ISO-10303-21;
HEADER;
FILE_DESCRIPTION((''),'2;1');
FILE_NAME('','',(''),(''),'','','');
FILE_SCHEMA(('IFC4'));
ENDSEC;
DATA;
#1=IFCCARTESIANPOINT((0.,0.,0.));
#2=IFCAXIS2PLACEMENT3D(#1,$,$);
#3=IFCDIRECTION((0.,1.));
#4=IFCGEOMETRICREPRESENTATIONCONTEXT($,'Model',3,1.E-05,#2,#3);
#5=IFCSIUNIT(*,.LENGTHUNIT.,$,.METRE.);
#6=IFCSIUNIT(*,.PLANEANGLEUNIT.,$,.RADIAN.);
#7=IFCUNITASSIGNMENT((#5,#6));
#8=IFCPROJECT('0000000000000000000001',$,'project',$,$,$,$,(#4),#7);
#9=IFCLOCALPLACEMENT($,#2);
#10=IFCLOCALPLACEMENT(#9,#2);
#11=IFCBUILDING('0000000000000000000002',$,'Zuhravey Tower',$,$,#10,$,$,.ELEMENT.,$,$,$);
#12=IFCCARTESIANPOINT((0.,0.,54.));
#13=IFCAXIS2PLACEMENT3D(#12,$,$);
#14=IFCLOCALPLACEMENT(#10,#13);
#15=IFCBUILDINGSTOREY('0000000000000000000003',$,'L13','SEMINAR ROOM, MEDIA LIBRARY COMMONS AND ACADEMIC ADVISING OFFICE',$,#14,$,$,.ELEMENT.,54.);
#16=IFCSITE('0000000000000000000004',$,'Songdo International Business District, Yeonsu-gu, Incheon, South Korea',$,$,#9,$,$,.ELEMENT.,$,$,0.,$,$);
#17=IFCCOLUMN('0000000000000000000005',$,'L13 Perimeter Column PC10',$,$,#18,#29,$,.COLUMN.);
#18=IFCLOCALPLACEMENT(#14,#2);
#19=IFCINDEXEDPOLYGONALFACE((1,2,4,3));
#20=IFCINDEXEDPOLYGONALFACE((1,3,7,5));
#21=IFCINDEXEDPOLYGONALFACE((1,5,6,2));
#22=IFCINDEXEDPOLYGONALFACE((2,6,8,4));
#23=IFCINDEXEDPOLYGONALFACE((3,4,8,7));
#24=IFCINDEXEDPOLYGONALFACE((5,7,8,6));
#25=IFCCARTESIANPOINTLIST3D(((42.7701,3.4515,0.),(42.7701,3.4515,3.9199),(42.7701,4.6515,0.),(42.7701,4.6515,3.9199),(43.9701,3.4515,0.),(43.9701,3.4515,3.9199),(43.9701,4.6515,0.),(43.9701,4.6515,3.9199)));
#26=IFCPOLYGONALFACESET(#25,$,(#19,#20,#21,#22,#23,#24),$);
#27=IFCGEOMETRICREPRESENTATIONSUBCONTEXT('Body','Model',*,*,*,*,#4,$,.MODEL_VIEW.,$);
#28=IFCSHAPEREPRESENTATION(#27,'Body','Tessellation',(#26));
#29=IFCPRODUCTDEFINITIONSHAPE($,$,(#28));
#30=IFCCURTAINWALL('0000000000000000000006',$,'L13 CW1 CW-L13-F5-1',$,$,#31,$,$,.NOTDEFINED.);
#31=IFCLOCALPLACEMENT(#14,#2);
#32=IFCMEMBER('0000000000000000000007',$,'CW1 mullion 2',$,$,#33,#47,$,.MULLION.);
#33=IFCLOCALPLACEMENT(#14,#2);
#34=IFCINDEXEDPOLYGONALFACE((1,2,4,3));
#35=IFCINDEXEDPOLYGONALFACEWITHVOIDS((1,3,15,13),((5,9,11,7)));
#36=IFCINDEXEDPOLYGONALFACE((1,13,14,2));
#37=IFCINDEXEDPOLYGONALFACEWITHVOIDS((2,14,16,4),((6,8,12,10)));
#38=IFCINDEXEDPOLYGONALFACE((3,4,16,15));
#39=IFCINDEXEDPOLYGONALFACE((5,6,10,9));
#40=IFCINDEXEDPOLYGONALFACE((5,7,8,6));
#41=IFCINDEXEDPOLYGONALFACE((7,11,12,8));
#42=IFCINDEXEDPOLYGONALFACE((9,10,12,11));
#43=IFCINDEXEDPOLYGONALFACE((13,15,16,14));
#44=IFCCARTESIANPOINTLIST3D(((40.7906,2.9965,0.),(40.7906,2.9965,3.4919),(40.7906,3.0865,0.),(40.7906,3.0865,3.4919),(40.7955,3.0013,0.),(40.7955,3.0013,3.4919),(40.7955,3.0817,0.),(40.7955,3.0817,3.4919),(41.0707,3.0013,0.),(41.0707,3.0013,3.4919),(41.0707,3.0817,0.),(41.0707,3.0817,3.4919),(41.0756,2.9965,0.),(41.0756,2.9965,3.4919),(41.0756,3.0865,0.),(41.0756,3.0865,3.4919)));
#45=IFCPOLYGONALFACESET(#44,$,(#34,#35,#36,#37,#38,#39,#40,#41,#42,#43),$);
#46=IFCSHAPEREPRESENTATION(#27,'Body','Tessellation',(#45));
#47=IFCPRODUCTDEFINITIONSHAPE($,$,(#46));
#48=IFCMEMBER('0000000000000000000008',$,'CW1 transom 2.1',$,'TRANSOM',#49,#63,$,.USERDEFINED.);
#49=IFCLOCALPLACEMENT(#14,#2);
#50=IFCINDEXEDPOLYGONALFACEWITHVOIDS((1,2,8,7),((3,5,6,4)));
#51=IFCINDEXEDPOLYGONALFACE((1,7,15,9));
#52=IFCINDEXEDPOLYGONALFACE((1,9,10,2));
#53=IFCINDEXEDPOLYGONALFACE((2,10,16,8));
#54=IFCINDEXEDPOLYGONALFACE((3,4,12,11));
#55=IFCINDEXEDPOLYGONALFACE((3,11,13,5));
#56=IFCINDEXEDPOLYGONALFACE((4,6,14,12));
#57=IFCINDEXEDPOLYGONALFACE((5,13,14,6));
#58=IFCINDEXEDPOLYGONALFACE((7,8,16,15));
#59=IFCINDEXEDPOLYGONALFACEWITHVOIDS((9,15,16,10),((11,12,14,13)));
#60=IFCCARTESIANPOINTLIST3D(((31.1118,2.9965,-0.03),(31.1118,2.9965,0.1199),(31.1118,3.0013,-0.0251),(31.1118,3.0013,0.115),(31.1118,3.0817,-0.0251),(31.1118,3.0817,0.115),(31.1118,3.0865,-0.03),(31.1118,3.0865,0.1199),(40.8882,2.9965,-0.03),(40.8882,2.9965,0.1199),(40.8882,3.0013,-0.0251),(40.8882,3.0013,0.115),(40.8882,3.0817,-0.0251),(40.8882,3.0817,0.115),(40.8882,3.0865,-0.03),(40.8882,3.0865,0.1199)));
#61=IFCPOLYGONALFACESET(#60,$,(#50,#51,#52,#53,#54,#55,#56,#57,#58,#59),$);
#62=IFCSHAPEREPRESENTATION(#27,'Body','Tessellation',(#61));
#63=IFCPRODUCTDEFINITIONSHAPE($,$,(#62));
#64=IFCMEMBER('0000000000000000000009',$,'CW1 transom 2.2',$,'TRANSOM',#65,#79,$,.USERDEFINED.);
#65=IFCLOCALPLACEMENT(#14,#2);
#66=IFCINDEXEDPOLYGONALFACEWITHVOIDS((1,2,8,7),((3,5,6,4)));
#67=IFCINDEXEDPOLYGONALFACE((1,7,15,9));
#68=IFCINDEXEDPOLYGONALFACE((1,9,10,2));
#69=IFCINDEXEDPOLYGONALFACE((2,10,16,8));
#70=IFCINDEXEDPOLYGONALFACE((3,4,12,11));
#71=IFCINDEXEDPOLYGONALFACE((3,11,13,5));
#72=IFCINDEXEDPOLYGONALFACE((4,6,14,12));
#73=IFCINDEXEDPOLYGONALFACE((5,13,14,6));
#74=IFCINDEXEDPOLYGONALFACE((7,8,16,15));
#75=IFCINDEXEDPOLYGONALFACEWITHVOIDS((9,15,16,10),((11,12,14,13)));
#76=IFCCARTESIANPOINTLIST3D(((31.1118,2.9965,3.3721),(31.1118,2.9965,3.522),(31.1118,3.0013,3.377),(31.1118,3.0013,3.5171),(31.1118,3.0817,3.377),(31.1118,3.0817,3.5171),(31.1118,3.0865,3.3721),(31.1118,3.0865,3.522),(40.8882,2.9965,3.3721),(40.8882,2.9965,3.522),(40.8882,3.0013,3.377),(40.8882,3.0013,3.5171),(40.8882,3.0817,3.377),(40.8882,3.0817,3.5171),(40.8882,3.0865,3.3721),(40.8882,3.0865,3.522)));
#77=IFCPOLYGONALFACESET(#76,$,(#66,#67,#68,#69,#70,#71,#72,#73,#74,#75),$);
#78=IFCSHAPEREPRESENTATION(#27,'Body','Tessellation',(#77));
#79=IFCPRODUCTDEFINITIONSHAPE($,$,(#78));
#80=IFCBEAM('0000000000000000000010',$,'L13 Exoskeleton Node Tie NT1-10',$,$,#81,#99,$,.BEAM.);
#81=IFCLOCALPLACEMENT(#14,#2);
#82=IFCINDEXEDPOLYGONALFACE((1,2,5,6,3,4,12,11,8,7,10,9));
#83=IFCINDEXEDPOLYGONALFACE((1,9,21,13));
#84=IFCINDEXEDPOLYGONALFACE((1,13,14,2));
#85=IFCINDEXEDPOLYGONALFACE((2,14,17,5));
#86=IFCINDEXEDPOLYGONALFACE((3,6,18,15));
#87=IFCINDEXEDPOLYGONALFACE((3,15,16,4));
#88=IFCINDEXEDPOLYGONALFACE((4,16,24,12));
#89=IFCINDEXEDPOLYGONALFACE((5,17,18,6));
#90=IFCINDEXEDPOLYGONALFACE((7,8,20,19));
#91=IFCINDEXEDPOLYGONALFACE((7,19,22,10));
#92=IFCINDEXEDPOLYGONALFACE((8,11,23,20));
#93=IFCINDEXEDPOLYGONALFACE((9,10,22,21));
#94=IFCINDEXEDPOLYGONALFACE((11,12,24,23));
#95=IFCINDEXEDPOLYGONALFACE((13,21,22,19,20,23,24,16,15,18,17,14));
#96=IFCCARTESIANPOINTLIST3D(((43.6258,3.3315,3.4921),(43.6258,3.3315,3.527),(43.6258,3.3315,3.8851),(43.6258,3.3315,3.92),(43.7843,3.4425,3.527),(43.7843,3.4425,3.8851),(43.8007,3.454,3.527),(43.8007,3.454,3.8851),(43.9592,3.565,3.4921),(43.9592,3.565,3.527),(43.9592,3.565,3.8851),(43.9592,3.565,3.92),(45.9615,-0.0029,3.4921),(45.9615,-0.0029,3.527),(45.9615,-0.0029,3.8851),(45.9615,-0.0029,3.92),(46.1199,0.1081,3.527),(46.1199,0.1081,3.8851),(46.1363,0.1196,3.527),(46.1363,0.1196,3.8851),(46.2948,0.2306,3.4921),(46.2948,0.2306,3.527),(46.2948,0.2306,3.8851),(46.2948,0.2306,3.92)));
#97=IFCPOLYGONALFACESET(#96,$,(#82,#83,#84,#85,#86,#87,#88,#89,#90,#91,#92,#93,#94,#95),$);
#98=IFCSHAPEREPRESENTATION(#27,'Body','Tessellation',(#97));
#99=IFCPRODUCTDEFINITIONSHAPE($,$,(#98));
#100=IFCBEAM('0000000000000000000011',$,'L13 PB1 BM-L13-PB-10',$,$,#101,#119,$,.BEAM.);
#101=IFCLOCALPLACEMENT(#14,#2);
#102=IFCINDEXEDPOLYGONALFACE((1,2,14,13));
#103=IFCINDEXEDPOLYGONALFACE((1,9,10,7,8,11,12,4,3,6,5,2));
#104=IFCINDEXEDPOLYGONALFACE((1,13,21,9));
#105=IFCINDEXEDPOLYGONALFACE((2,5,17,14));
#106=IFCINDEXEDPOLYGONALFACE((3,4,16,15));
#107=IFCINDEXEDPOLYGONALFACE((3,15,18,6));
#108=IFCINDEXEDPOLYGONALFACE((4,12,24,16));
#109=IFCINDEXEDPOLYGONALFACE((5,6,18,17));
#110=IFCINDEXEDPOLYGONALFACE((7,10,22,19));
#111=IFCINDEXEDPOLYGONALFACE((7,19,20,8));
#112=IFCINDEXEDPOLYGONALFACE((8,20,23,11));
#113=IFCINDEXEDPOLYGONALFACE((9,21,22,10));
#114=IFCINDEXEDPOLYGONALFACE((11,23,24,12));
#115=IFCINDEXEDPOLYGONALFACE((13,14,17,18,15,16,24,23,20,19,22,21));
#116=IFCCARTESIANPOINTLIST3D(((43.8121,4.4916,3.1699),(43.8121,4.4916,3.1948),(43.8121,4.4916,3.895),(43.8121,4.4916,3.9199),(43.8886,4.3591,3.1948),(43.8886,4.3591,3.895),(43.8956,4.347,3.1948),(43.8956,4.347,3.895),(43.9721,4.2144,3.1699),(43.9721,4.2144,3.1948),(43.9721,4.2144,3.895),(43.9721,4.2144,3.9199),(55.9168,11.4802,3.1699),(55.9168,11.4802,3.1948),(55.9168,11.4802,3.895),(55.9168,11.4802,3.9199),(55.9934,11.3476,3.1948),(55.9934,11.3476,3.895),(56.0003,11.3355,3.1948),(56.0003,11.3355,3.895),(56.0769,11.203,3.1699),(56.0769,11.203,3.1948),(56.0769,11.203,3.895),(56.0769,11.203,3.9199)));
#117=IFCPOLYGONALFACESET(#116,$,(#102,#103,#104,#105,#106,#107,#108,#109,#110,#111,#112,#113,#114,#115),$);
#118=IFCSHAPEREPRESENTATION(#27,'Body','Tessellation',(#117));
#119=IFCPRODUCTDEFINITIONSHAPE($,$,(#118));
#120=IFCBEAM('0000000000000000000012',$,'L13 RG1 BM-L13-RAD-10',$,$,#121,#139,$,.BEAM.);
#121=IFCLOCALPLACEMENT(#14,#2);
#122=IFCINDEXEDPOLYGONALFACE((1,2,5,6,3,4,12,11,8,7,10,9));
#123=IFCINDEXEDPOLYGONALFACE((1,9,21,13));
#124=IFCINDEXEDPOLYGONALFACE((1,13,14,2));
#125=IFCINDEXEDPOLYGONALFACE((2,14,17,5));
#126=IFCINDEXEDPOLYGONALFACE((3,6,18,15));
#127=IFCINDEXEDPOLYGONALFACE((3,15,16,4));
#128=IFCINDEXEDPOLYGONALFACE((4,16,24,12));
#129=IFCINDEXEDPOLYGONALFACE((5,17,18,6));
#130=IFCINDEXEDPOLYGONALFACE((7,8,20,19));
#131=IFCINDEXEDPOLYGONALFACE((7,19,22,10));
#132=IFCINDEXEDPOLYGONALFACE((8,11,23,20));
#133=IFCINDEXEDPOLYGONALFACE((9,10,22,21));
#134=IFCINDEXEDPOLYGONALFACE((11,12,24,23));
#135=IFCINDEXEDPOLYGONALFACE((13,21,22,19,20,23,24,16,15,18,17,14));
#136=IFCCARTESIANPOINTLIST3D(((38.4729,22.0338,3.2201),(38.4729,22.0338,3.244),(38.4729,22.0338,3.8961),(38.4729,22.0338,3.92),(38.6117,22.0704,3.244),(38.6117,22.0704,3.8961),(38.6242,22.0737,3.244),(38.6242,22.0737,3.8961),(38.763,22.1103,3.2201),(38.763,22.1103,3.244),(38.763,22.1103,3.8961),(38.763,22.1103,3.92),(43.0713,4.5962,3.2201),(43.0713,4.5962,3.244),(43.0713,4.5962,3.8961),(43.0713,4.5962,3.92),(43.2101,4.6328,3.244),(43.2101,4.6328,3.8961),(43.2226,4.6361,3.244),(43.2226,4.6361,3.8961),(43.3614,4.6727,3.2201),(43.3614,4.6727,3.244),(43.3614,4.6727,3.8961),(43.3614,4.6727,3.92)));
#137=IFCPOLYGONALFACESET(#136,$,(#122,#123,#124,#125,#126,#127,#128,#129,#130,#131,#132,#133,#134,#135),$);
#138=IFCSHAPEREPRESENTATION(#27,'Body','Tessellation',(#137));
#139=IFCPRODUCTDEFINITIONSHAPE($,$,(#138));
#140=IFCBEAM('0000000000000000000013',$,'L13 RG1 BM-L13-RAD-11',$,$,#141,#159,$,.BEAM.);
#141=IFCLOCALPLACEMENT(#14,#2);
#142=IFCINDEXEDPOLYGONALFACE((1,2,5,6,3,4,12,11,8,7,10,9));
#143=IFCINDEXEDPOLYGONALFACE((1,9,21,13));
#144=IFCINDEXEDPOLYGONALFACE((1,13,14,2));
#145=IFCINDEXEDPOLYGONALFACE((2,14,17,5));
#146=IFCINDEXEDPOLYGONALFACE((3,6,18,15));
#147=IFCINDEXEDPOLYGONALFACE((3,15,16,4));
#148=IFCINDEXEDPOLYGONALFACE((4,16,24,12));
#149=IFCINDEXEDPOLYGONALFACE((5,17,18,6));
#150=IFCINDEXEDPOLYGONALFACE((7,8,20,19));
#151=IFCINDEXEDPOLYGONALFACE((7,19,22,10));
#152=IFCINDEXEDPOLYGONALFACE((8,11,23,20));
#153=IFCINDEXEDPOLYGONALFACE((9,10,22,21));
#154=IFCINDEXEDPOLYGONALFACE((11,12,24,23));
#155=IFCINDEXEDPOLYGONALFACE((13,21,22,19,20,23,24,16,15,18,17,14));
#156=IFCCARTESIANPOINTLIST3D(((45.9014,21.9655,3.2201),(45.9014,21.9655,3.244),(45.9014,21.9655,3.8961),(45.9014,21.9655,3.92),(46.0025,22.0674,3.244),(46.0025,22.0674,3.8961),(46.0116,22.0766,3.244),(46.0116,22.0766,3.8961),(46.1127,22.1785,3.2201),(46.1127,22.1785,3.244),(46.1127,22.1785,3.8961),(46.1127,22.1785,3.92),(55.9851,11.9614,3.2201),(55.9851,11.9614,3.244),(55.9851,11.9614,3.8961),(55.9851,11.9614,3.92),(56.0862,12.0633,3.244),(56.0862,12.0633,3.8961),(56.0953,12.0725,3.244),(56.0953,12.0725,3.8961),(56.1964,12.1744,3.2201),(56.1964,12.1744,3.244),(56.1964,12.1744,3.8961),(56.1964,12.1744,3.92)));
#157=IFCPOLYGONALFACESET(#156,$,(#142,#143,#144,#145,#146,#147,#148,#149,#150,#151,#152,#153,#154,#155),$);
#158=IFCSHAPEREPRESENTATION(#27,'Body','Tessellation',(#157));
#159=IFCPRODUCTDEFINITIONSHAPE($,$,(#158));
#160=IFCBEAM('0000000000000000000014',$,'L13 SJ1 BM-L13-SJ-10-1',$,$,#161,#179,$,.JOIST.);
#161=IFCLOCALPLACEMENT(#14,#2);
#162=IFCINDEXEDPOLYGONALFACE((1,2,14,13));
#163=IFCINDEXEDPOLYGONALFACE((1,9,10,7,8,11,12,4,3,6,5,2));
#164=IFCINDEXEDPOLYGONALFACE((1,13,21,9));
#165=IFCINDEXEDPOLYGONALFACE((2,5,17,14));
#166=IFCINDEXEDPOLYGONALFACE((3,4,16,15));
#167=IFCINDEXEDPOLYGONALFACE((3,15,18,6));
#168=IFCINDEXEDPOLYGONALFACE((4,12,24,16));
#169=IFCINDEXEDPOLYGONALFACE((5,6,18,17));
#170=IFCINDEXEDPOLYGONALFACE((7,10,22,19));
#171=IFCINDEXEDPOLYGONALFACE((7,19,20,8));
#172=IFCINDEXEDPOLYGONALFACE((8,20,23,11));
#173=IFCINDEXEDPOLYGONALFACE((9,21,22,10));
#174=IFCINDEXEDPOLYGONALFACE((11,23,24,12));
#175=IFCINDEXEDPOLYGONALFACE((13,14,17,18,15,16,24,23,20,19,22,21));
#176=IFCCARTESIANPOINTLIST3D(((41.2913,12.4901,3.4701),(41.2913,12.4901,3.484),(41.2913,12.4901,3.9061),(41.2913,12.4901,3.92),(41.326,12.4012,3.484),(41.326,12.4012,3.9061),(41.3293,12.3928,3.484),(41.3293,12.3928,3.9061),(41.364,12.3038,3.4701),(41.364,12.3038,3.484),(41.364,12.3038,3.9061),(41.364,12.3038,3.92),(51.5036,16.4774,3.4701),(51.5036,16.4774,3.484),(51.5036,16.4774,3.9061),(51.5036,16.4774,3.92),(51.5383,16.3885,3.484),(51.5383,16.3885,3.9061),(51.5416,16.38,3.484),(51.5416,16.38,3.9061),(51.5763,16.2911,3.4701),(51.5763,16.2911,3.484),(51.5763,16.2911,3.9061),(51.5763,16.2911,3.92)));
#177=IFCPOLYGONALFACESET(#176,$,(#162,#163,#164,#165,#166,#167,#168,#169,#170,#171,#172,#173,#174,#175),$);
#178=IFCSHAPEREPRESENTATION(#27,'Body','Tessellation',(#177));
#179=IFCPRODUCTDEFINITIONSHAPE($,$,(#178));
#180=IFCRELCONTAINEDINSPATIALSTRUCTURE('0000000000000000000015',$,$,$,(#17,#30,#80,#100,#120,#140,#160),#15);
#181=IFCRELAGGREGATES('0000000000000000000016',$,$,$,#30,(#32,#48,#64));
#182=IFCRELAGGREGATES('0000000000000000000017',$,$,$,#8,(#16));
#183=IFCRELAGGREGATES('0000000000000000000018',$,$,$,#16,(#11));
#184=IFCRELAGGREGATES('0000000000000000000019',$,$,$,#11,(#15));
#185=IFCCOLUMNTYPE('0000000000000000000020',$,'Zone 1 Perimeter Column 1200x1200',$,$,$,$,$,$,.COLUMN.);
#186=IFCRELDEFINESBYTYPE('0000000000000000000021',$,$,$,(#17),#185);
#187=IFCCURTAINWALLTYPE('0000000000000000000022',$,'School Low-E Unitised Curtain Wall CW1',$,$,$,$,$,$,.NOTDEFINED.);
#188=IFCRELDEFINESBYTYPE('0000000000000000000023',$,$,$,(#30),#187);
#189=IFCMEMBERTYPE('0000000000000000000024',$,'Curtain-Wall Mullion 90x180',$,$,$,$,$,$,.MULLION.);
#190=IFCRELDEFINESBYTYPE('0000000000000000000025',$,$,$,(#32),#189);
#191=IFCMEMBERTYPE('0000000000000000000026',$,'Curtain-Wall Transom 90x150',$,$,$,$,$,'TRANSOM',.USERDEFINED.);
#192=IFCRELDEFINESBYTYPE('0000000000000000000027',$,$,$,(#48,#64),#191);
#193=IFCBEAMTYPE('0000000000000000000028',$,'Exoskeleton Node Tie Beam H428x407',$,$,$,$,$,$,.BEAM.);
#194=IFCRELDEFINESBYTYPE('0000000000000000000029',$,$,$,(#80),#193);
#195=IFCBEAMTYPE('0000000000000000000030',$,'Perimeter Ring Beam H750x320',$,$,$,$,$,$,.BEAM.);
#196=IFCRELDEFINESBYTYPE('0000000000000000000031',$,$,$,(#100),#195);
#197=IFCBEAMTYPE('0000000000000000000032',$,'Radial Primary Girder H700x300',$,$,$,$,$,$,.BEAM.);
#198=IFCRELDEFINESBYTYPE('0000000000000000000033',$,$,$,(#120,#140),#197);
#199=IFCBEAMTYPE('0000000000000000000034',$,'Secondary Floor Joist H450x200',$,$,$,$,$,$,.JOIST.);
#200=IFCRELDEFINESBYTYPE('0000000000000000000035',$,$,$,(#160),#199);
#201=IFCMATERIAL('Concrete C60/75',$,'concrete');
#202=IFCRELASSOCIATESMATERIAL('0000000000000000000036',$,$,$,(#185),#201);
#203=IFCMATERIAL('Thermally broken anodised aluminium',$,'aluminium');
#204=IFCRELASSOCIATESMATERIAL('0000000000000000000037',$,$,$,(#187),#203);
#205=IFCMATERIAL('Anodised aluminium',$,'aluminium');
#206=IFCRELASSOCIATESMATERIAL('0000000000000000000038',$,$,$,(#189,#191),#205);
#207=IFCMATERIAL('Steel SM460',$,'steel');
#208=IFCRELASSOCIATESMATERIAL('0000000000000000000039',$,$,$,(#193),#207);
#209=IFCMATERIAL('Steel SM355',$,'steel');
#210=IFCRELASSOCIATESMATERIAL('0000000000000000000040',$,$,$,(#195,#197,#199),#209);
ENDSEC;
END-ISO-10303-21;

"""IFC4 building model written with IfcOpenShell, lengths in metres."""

from ifc_helpers import new_model, si_unit, direction, frame, origin, origin_2d, place, context, subcontext, project, spatial, rectangle, hollow_rectangle, i_section, extrude, material, material_profile, profile_set, type_object, element, aggregate, save


model = new_model("IFC4")

# Units and contexts
model_context = context("Model", 3, precision=1e-05, world=origin(), true_north=direction((0.0, 1.0)))
body_context = subcontext(model_context, "Body", "Model", "MODEL_VIEW")
ifc_project = project(units=[si_unit("LENGTHUNIT", "METRE"), si_unit("PLANEANGLEUNIT", "RADIAN")], contexts=[model_context])

# Site, building, storey
site_placement = place(None, origin())
site = spatial("IfcSite", under=ifc_project, at=site_placement, Name="Songdo International Business District, Yeonsu-gu, Incheon, South Korea", CompositionType="ELEMENT", RefElevation=0.0)
building_placement = place(site_placement, origin())
building = spatial("IfcBuilding", under=site, at=building_placement, Name="Zuhravey Tower", CompositionType="ELEMENT")
storey_placement = place(building_placement, frame((0.0, 0.0, 54.0)))
storey = spatial("IfcBuildingStorey", under=building, at=storey_placement, Name="L13", Description="SEMINAR ROOM, MEDIA LIBRARY COMMONS AND ACADEMIC ADVISING OFFICE", CompositionType="ELEMENT", Elevation=54.0)

# Column
ifc_material_1 = material(Name="Concrete C60/75", Category="concrete")
ifc_material_profile_1 = material_profile(ifc_material_1, rectangle(XDim=1.2, YDim=1.2, at=origin_2d()), Name="RC-1200x1200")
ifc_profile_set_1 = profile_set([ifc_material_profile_1], Name="Concrete C60/75")
column_type = type_object("IfcColumnType", Name="Zone 1 Perimeter Column 1200x1200", PredefinedType="COLUMN", material=ifc_profile_set_1)
column_placement = place(storey_placement, frame((43.3701, 4.0515, 0.0), z_axis=(0.0, 0.0, 1.0), x_axis=(1.0, 0.0, 0.0)))
element("IfcColumn", 1, at=column_placement, inside=storey, type_object=column_type, Name="L13 Perimeter Column PC10", PredefinedType="COLUMN", context=body_context, shape_type="SweptSolid", body=[
    extrude(rectangle(XDim=1.2, YDim=1.2, at=origin_2d()), origin(), (0.0, 0.0, 1.0), 3.9199),
])

# Curtain wall, members
ifc_material_2 = material(Name="Thermally broken anodised aluminium", Category="aluminium")
curtain_wall_type = type_object("IfcCurtainWallType", Name="School Low-E Unitised Curtain Wall CW1", PredefinedType="NOTDEFINED", material=ifc_material_2)
curtain_wall_placement = place(storey_placement, origin())
curtain_wall = element("IfcCurtainWall", 2, at=curtain_wall_placement, inside=storey, type_object=curtain_wall_type, Name="L13 CW1 CW-L13-F5-1", PredefinedType="NOTDEFINED")
ifc_material_3 = material(Name="Anodised aluminium", Category="aluminium")
ifc_material_profile_2 = material_profile(ifc_material_3, hollow_rectangle(XDim=0.0901, YDim=0.2849, WallThickness=0.0049, at=origin_2d()), Name="ALU-RHS-90x285x5")
ifc_profile_set_2 = profile_set([ifc_material_profile_2], Name="Anodised aluminium")
member_type_1 = type_object("IfcMemberType", Name="Curtain-Wall Mullion 90x180", PredefinedType="MULLION", material=ifc_profile_set_2)
member_1_placement = place(storey_placement, frame((40.9331, 3.0415, 0.0), z_axis=(0.0, 0.0, 1.0), x_axis=(0.0, -1.0, 0.0)))
member_1 = element("IfcMember", 3, at=member_1_placement, type_object=member_type_1, Name="CW1 mullion 2", PredefinedType="MULLION", context=body_context, shape_type="SweptSolid", body=[
    extrude(hollow_rectangle(XDim=0.0901, YDim=0.2849, WallThickness=0.0049, at=origin_2d()), origin(), (0.0, 0.0, 1.0), 3.4919),
])
ifc_material_profile_3 = material_profile(ifc_material_3, hollow_rectangle(XDim=0.0901, YDim=0.1499, WallThickness=0.0049, at=origin_2d()), Name="ALU-RHS-90x150x5")
ifc_profile_set_3 = profile_set([ifc_material_profile_3], Name="Anodised aluminium")
member_type_2 = type_object("IfcMemberType", Name="Curtain-Wall Transom 90x150", ElementType="TRANSOM", PredefinedType="USERDEFINED", material=ifc_profile_set_3)
member_2_placement = place(storey_placement, frame((40.8882, 3.0415, 0.0449), z_axis=(-1.0, 0.0, 0.0), x_axis=(0.0, -1.0, 0.0)))
member_2 = element("IfcMember", 4, at=member_2_placement, type_object=member_type_2, Name="CW1 transom 2.1", ObjectType="TRANSOM", PredefinedType="USERDEFINED", context=body_context, shape_type="SweptSolid", body=[
    extrude(hollow_rectangle(XDim=0.0901, YDim=0.1499, WallThickness=0.0049, at=origin_2d()), origin(), (0.0, 0.0, 1.0), 9.7764),
])
member_3_placement = place(storey_placement, frame((40.8882, 3.0415, 3.447), z_axis=(-1.0, 0.0, 0.0), x_axis=(0.0, -1.0, 0.0)))
member_3 = element("IfcMember", 5, at=member_3_placement, type_object=member_type_2, Name="CW1 transom 2.2", ObjectType="TRANSOM", PredefinedType="USERDEFINED", context=body_context, shape_type="SweptSolid", body=[
    extrude(hollow_rectangle(XDim=0.0901, YDim=0.1499, WallThickness=0.0049, at=origin_2d()), origin(), (0.0, 0.0, 1.0), 9.7764),
])

# Beams
ifc_material_4 = material(Name="Steel SM460", Category="steel")
ifc_material_profile_4 = material_profile(ifc_material_4, i_section(OverallWidth=0.407, OverallDepth=0.428, WebThickness=0.02, FlangeThickness=0.0349, at=origin_2d()), Name="H-428x407x20x35")
ifc_profile_set_4 = profile_set([ifc_material_profile_4], Name="Steel SM460")
beam_type_1 = type_object("IfcBeamType", Name="Exoskeleton Node Tie Beam H428x407", PredefinedType="BEAM", material=ifc_profile_set_4)
beam_1_placement = place(storey_placement, frame((43.7925, 3.4482, 3.7061), z_axis=(0.57372, -0.819052, 0.0), x_axis=(0.819052, 0.57372, 0.0)))
element("IfcBeam", 6, at=beam_1_placement, inside=storey, type_object=beam_type_1, Name="L13 Exoskeleton Node Tie NT1-10", PredefinedType="BEAM", context=body_context, shape_type="SweptSolid", body=[
    extrude(i_section(OverallWidth=0.407, OverallDepth=0.428, WebThickness=0.02, FlangeThickness=0.0349, at=origin_2d()), origin(), (0.0, 0.0, 1.0), 4.071),
])
ifc_material_5 = material(Name="Steel SM355", Category="steel")
ifc_material_profile_5 = material_profile(ifc_material_5, i_section(OverallWidth=0.3201, OverallDepth=0.75, WebThickness=0.0139, FlangeThickness=0.0249, at=origin_2d()), Name="H-750x320x14x25")
ifc_profile_set_5 = profile_set([ifc_material_profile_5], Name="Steel SM355")
beam_type_2 = type_object("IfcBeamType", Name="Perimeter Ring Beam H750x320", PredefinedType="BEAM", material=ifc_profile_set_5)
beam_2_placement = place(storey_placement, frame((43.8921, 4.353, 3.5449), z_axis=(0.86603, 0.499992, 0.0), x_axis=(-0.499992, 0.86603, 0.0)))
element("IfcBeam", 7, at=beam_2_placement, inside=storey, type_object=beam_type_2, Name="L13 PB1 BM-L13-PB-10", PredefinedType="BEAM", context=body_context, shape_type="SweptSolid", body=[
    extrude(i_section(OverallWidth=0.3201, OverallDepth=0.75, WebThickness=0.0139, FlangeThickness=0.0249, at=origin_2d()), origin(), (0.0, 0.0, 1.0), 13.9773),
])
ifc_material_profile_6 = material_profile(ifc_material_5, i_section(OverallWidth=0.3, OverallDepth=0.7, WebThickness=0.0129, FlangeThickness=0.0239, at=origin_2d()), Name="H-700x300x13x24")
ifc_profile_set_6 = profile_set([ifc_material_profile_6], Name="Steel SM355")
beam_type_3 = type_object("IfcBeamType", Name="Radial Primary Girder H700x300", PredefinedType="BEAM", material=ifc_profile_set_6)
beam_3_placement = place(storey_placement, frame((38.6179, 22.072, 3.5701), z_axis=(0.25499, -0.966944, 0.0), x_axis=(0.966944, 0.25499, 0.0)))
element("IfcBeam", 8, at=beam_3_placement, inside=storey, type_object=beam_type_3, Name="L13 RG1 BM-L13-RAD-10", PredefinedType="BEAM", context=body_context, shape_type="SweptSolid", body=[
    extrude(i_section(OverallWidth=0.3, OverallDepth=0.7, WebThickness=0.0129, FlangeThickness=0.0239, at=origin_2d()), origin(), (0.0, 0.0, 1.0), 18.0337),
])
beam_4_placement = place(storey_placement, frame((46.0071, 22.072, 3.5701), z_axis=(0.709903, -0.7043, 0.0), x_axis=(0.7043, 0.709903, 0.0)))
element("IfcBeam", 9, at=beam_4_placement, inside=storey, type_object=beam_type_3, Name="L13 RG1 BM-L13-RAD-11", PredefinedType="BEAM", context=body_context, shape_type="SweptSolid", body=[
    extrude(i_section(OverallWidth=0.3, OverallDepth=0.7, WebThickness=0.0129, FlangeThickness=0.0239, at=origin_2d()), origin(), (0.0, 0.0, 1.0), 14.2043),
])
ifc_material_profile_7 = material_profile(ifc_material_5, i_section(OverallWidth=0.2, OverallDepth=0.45, WebThickness=0.009, FlangeThickness=0.0139, at=origin_2d()), Name="H-450x200x9x14")
ifc_profile_set_7 = profile_set([ifc_material_profile_7], Name="Steel SM355")
beam_type_4 = type_object("IfcBeamType", Name="Secondary Floor Joist H450x200", PredefinedType="JOIST", material=ifc_profile_set_7)
beam_5_placement = place(storey_placement, frame((41.3276, 12.397, 3.6951), z_axis=(0.931517, 0.363699, 0.0), x_axis=(-0.363699, 0.931517, 0.0)))
element("IfcBeam", 10, at=beam_5_placement, inside=storey, type_object=beam_type_4, Name="L13 SJ1 BM-L13-SJ-10-1", PredefinedType="JOIST", context=body_context, shape_type="SweptSolid", body=[
    extrude(i_section(OverallWidth=0.2, OverallDepth=0.45, WebThickness=0.009, FlangeThickness=0.0139, at=origin_2d()), origin(), (0.0, 0.0, 1.0), 10.9631),
])

aggregate(curtain_wall, [member_1, member_2, member_3])

save(model, "model.ifc")
